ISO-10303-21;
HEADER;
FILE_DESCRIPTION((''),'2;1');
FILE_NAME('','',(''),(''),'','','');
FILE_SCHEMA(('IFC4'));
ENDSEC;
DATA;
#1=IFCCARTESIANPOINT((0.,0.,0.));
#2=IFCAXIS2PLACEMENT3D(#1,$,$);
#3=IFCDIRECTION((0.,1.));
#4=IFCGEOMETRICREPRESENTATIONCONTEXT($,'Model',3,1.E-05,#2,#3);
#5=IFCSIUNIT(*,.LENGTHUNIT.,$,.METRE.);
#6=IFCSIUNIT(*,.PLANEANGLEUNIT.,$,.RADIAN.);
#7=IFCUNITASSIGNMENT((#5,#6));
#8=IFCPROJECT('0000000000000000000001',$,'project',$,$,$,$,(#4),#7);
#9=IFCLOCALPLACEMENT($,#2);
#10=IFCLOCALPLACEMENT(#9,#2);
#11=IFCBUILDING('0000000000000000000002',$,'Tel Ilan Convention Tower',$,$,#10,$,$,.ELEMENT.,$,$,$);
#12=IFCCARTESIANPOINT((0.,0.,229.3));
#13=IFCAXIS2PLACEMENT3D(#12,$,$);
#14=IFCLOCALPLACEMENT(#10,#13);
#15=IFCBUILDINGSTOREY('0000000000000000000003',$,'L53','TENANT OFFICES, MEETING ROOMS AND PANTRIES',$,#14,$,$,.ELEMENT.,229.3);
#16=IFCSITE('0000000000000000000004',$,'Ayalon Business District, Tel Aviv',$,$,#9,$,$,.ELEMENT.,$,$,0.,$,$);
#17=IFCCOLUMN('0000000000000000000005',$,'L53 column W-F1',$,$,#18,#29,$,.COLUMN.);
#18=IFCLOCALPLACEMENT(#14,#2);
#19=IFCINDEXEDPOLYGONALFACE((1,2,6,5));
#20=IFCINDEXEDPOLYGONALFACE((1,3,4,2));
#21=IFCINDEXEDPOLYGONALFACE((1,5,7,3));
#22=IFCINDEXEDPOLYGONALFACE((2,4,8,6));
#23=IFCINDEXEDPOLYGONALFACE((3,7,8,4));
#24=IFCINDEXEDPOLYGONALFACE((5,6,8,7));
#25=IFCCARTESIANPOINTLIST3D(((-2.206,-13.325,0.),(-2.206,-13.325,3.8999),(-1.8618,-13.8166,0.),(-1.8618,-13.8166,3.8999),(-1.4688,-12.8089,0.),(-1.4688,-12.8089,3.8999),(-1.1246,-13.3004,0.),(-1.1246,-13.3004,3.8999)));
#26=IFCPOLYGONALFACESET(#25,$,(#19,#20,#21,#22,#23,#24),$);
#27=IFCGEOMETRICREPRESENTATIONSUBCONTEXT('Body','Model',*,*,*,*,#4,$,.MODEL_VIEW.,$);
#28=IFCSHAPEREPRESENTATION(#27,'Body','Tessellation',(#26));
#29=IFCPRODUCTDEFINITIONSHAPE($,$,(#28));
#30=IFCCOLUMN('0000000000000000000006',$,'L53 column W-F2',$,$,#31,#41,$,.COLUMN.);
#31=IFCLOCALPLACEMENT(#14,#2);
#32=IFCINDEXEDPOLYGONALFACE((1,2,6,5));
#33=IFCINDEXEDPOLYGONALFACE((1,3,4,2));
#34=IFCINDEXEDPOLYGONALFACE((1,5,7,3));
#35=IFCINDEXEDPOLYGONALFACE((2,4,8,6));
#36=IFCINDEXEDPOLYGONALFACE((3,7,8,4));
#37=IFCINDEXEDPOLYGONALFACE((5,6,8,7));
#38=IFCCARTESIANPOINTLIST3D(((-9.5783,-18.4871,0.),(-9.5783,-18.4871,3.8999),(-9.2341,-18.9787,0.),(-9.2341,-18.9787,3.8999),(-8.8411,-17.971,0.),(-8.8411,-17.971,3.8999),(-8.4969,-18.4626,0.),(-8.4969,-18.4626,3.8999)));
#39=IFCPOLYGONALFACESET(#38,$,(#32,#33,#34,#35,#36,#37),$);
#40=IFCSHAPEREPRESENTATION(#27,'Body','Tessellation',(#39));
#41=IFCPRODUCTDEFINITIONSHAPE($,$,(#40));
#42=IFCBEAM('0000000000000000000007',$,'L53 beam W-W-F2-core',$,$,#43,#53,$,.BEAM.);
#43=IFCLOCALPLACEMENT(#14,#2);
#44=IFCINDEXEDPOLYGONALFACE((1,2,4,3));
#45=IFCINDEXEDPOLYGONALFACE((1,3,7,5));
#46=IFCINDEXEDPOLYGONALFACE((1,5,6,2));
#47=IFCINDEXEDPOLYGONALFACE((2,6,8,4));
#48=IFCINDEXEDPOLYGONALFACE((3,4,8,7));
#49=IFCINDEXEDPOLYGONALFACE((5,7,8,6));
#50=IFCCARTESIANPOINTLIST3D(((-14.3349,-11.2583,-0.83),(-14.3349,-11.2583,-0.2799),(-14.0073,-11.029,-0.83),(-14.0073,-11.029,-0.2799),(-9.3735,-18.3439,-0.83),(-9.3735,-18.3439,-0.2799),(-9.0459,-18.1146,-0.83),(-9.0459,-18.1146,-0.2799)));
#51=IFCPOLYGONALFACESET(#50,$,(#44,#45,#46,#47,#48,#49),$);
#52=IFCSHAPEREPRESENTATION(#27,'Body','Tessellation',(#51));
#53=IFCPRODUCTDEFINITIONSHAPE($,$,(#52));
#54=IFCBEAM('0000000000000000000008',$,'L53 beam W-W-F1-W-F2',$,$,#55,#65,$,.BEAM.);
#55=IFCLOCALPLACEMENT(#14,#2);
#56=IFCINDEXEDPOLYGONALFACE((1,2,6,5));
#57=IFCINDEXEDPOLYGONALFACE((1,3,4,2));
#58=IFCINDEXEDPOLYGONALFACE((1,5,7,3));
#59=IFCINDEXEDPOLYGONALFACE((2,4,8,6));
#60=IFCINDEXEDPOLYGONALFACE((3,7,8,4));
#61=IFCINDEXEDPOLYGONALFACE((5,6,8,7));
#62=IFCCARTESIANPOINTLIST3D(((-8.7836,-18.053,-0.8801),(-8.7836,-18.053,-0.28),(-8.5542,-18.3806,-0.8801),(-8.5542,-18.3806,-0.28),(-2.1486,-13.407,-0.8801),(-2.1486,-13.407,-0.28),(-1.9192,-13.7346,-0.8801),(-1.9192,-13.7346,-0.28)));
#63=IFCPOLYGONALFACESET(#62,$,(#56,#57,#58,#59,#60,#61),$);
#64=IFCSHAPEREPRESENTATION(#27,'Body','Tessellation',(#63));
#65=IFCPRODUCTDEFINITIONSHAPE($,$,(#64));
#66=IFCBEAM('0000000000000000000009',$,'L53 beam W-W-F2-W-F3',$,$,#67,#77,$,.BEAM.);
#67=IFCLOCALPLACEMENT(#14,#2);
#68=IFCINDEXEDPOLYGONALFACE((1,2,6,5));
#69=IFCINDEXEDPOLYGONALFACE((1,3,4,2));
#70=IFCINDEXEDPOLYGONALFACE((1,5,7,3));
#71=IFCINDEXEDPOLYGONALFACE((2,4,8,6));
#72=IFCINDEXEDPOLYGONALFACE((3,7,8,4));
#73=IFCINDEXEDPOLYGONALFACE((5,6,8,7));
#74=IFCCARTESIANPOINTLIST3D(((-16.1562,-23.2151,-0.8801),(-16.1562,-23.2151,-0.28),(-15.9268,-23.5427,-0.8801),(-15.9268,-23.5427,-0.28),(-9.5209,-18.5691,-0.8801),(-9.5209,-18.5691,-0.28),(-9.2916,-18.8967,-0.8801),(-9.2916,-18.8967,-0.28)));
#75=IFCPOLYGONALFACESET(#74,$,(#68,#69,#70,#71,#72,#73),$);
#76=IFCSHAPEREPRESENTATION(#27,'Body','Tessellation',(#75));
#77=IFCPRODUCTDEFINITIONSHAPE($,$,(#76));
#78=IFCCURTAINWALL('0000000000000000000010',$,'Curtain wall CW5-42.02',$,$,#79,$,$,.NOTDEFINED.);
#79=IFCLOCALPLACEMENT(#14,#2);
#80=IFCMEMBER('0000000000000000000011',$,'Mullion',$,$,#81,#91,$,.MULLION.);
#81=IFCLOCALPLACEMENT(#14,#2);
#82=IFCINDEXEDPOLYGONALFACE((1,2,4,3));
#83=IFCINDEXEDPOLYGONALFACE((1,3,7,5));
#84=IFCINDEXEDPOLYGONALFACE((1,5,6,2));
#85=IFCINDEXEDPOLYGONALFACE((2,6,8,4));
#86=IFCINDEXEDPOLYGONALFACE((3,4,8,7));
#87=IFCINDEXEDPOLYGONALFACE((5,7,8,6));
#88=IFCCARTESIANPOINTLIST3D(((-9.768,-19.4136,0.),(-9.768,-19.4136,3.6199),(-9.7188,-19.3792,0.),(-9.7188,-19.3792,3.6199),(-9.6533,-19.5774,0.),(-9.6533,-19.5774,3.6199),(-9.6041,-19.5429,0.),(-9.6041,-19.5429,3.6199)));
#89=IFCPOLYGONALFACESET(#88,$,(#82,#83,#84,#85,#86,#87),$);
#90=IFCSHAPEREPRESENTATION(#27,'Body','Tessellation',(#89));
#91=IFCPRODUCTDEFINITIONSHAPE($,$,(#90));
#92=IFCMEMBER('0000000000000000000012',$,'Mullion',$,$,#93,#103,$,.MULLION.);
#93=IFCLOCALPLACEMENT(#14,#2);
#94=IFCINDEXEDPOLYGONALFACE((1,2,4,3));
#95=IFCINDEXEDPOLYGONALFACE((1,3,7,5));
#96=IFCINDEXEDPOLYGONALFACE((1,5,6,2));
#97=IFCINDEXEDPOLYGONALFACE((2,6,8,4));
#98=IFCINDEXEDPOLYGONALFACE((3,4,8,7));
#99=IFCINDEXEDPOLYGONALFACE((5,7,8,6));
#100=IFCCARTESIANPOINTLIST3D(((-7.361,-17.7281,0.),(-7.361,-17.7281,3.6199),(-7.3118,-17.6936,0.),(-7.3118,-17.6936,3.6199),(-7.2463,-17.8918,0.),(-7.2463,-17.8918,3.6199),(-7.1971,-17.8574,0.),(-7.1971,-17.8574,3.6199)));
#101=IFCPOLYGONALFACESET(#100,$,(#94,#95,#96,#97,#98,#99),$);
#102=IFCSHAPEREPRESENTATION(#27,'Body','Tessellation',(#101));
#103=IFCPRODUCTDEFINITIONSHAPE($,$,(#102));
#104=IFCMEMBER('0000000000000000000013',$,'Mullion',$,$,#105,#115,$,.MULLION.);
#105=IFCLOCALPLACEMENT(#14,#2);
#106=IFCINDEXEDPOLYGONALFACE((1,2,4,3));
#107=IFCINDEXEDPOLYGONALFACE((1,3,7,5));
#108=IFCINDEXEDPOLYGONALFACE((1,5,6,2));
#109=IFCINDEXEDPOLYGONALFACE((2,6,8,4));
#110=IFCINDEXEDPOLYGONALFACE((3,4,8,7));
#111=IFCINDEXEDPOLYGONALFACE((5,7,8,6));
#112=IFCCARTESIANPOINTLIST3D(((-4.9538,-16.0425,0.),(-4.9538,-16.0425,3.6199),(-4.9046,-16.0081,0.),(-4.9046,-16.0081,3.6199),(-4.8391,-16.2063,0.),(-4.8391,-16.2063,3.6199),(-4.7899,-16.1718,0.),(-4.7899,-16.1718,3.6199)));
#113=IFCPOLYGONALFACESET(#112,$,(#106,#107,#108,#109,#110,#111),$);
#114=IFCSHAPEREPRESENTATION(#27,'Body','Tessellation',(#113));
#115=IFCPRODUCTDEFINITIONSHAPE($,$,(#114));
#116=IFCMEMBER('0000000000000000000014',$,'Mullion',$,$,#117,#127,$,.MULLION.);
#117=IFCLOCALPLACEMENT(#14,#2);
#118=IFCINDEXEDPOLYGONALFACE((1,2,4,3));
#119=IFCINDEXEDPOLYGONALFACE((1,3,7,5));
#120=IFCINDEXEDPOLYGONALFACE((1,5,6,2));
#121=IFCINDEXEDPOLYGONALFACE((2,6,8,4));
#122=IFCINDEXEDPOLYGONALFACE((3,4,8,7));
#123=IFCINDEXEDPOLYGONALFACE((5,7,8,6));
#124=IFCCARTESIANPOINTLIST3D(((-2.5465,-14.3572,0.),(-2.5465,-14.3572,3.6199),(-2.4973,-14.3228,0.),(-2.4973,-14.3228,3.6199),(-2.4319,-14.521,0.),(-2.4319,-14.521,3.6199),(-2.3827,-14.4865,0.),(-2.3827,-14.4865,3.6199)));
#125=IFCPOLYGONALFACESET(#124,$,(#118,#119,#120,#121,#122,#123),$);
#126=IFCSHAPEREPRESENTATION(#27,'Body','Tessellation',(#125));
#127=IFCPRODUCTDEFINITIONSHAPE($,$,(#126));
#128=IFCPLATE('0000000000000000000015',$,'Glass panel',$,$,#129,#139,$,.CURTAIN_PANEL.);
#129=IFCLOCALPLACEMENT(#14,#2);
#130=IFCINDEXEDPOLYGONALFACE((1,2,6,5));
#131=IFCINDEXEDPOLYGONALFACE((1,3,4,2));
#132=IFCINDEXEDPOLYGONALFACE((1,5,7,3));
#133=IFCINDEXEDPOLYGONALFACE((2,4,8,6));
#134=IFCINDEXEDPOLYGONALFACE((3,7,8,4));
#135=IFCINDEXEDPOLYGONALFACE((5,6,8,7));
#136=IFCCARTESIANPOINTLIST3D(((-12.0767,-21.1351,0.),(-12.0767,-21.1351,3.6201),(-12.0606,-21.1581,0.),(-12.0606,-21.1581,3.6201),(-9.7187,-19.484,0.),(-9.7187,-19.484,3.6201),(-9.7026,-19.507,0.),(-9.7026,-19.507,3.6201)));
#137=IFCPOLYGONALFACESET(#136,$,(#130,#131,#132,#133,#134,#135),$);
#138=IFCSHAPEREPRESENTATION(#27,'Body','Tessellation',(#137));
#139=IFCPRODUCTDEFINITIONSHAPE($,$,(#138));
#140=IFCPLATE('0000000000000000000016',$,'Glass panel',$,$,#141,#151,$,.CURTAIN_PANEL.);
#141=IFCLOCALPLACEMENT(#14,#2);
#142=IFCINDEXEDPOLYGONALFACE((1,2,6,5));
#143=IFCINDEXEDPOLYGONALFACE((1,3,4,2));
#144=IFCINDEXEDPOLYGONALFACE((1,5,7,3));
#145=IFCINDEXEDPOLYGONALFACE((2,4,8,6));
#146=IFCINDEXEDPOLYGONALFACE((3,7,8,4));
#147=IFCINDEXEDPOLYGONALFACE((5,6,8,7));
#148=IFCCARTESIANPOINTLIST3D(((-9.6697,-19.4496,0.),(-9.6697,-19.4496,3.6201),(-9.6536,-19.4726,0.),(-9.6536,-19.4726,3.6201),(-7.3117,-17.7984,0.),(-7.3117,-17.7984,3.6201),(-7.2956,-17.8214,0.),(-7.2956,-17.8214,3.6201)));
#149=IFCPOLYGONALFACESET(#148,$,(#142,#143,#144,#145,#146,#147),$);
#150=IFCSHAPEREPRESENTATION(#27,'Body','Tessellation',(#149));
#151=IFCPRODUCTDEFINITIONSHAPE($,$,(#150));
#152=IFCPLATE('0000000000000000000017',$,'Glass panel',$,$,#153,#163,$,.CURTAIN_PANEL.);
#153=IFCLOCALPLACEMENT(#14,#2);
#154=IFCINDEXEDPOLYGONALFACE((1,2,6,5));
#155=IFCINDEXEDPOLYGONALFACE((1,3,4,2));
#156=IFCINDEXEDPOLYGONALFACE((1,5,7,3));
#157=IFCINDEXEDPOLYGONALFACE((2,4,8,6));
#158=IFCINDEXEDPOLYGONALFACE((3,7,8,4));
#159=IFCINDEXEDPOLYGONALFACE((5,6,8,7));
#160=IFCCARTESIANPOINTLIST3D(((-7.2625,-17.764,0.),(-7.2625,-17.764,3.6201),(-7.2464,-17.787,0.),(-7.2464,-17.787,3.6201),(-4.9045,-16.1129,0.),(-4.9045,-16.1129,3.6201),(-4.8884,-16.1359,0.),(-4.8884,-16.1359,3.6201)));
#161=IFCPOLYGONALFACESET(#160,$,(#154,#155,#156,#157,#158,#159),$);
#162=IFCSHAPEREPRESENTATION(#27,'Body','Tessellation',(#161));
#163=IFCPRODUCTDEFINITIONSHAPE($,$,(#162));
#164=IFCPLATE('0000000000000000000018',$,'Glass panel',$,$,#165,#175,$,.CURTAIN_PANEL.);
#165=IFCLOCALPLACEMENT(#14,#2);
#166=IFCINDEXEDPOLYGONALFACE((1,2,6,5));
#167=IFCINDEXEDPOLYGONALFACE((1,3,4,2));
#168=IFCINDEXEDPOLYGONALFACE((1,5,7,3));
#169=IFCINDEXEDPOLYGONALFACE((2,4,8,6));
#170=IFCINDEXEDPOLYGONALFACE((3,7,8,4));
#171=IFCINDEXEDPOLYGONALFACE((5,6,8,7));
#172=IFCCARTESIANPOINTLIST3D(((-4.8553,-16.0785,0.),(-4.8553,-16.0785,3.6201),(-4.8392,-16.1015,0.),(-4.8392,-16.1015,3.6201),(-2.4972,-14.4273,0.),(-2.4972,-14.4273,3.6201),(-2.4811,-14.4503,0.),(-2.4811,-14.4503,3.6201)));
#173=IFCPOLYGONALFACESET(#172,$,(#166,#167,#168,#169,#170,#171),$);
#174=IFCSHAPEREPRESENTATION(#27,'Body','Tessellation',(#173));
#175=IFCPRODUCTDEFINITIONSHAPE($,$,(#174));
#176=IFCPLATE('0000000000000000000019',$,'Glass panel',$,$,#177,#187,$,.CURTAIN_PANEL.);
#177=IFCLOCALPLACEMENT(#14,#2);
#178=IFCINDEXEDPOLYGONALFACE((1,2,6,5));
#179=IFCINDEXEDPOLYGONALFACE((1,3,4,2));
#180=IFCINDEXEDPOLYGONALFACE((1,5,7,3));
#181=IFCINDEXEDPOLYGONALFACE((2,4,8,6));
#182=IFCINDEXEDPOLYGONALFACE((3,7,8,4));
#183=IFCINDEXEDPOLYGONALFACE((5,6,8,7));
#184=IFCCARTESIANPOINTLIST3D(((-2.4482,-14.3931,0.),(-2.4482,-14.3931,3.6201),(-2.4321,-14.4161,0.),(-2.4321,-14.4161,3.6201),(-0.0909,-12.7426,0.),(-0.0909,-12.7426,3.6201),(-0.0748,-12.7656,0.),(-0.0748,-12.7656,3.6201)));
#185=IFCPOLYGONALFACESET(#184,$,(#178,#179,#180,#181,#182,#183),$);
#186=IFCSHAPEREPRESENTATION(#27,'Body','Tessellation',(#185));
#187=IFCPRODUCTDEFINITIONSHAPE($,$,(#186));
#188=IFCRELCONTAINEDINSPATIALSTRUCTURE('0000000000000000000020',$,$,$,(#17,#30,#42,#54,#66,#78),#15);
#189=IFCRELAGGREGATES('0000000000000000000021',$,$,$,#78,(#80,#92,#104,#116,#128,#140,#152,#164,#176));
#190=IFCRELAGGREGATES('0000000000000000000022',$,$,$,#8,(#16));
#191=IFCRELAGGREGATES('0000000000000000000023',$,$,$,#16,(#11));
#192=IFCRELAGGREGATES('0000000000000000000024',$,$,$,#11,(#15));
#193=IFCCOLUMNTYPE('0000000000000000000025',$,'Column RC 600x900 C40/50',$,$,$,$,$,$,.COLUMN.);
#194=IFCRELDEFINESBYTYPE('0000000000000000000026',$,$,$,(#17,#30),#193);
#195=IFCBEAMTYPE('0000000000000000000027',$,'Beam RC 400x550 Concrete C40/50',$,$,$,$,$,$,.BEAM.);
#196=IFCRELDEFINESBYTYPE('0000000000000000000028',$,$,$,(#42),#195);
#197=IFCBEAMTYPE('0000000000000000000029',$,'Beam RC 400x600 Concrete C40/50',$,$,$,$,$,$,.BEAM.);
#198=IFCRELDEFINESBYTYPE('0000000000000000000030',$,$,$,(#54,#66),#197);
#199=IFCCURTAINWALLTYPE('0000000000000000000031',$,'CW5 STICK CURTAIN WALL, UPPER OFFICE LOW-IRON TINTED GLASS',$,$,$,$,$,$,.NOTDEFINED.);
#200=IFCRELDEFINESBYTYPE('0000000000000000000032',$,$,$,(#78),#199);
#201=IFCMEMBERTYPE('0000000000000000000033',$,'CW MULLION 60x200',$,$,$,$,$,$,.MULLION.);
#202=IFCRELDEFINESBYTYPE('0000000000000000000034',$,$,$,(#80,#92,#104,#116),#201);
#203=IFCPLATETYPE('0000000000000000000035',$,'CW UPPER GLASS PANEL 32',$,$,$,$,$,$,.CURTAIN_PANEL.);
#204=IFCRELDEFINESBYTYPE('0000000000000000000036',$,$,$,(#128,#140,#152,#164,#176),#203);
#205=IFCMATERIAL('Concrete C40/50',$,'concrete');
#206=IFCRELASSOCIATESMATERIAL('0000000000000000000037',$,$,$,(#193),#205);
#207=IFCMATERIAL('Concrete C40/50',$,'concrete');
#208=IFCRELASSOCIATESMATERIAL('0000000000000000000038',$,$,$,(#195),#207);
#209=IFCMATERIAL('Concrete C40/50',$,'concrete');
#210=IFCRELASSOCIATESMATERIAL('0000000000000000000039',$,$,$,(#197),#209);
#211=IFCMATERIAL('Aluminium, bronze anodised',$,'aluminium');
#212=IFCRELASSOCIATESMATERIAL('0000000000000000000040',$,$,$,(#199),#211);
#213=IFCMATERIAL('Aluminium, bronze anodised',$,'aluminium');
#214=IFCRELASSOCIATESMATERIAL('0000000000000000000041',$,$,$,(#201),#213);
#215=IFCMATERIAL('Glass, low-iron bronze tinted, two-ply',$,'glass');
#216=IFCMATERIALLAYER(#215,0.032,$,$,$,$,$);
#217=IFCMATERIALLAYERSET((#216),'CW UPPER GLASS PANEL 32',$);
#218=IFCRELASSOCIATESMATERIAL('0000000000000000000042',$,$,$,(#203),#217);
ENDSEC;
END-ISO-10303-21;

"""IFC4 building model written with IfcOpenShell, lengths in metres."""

from ifc_helpers import new_model, si_unit, direction, frame, origin, origin_2d, place, context, subcontext, project, spatial, rectangle, extrude, material, layer, layer_set, material_profile, profile_set, type_object, element, aggregate, save


model = new_model("IFC4")

# Units and contexts
model_context = context("Model", 3, precision=1e-05, world=origin(), true_north=direction((0.0, 1.0)))
body_context = subcontext(model_context, "Body", "Model", "MODEL_VIEW")
ifc_project = project(units=[si_unit("LENGTHUNIT", "METRE"), si_unit("PLANEANGLEUNIT", "RADIAN")], contexts=[model_context])

# Site, building, storey
site_placement = place(None, origin())
site = spatial("IfcSite", under=ifc_project, at=site_placement, Name="Ayalon Business District, Tel Aviv", CompositionType="ELEMENT", RefElevation=0.0)
building_placement = place(site_placement, origin())
building = spatial("IfcBuilding", under=site, at=building_placement, Name="Tel Ilan Convention Tower", CompositionType="ELEMENT")
storey_placement = place(building_placement, frame((0.0, 0.0, 229.3)))
storey = spatial("IfcBuildingStorey", under=building, at=storey_placement, Name="L53", Description="TENANT OFFICES, MEETING ROOMS AND PANTRIES", CompositionType="ELEMENT", Elevation=229.3)

# Columns
ifc_material_1 = material(Name="Concrete C40/50", Category="concrete")
ifc_material_profile_1 = material_profile(ifc_material_1, rectangle(XDim=0.8999, YDim=0.6001, at=origin_2d()), Name="RC 600x900")
ifc_profile_set_1 = profile_set([ifc_material_profile_1], Name="Concrete C40/50")
column_type = type_object("IfcColumnType", Name="Column RC 600x900 C40/50", PredefinedType="COLUMN", material=ifc_profile_set_1)
for number, where, z_axis, x_axis, name in (
    (1, (-1.6653, -13.3127, 0.0), (0.0, 0.0, 1.0), (-0.819152, -0.573576, 0.0), "L53 column W-F1"),
    (2, (-9.0376, -18.4749, 0.0), (0.0, 0.0, 1.0), (-0.819152, -0.573576, 0.0), "L53 column W-F2"),
):
    element("IfcColumn", number, at=place(storey_placement, frame(where, z_axis=z_axis, x_axis=x_axis)), inside=storey, type_object=column_type, Name=name, PredefinedType="COLUMN", context=body_context, shape_type="SweptSolid", body=[
        extrude(rectangle(XDim=0.8999, YDim=0.6001, at=origin_2d()), origin(), (0.0, 0.0, 1.0), 3.8999),
    ])

# Beams
ifc_material_2 = material(Name="Concrete C40/50", Category="concrete")
ifc_material_profile_2 = material_profile(ifc_material_2, rectangle(XDim=0.3999, YDim=0.55, at=origin_2d()), Name="RC 400x550")
ifc_profile_set_2 = profile_set([ifc_material_profile_2], Name="Concrete C40/50")
beam_type_1 = type_object("IfcBeamType", Name="Beam RC 400x550 Concrete C40/50", PredefinedType="BEAM", material=ifc_profile_set_2)
beam_1_placement = place(storey_placement, frame((-9.2097, -18.2292, -0.5549), z_axis=(-0.573574, 0.819154, 0.0), x_axis=(-0.819154, -0.573574, 0.0)))
element("IfcBeam", 3, at=beam_1_placement, inside=storey, type_object=beam_type_1, Name="L53 beam W-W-F2-core", PredefinedType="BEAM", context=body_context, shape_type="SweptSolid", body=[
    extrude(rectangle(XDim=0.3999, YDim=0.55, at=origin_2d()), origin(), (0.0, 0.0, 1.0), 8.6499),
])
ifc_material_3 = material(Name="Concrete C40/50", Category="concrete")
ifc_material_profile_3 = material_profile(ifc_material_3, rectangle(XDim=0.3999, YDim=0.6001, at=origin_2d()), Name="RC 400x600")
ifc_profile_set_3 = profile_set([ifc_material_profile_3], Name="Concrete C40/50")
beam_type_2 = type_object("IfcBeamType", Name="Beam RC 400x600 Concrete C40/50", PredefinedType="BEAM", material=ifc_profile_set_3)
beam_2_placement = place(storey_placement, frame((-2.0339, -13.5708, -0.5801), z_axis=(-0.819146, -0.573586, 0.0), x_axis=(0.573586, -0.819146, 0.0)))
element("IfcBeam", 4, at=beam_2_placement, inside=storey, type_object=beam_type_2, Name="L53 beam W-W-F1-W-F2", PredefinedType="BEAM", context=body_context, shape_type="SweptSolid", body=[
    extrude(rectangle(XDim=0.3999, YDim=0.6001, at=origin_2d()), origin(), (0.0, 0.0, 1.0), 8.0999),
])
beam_3_placement = place(storey_placement, frame((-9.4062, -18.7329, -0.5801), z_axis=(-0.819155, -0.573572, 0.0), x_axis=(0.573572, -0.819155, 0.0)))
element("IfcBeam", 5, at=beam_3_placement, inside=storey, type_object=beam_type_2, Name="L53 beam W-W-F2-W-F3", PredefinedType="BEAM", context=body_context, shape_type="SweptSolid", body=[
    extrude(rectangle(XDim=0.3999, YDim=0.6001, at=origin_2d()), origin(), (0.0, 0.0, 1.0), 8.1001),
])

# Curtain wall, members, plates
ifc_material_4 = material(Name="Aluminium, bronze anodised", Category="aluminium")
curtain_wall_type = type_object("IfcCurtainWallType", Name="CW5 STICK CURTAIN WALL, UPPER OFFICE LOW-IRON TINTED GLASS", PredefinedType="NOTDEFINED", material=ifc_material_4)
curtain_wall_placement = place(storey_placement, origin())
curtain_wall = element("IfcCurtainWall", 6, at=curtain_wall_placement, inside=storey, type_object=curtain_wall_type, Name="Curtain wall CW5-42.02", PredefinedType="NOTDEFINED")
ifc_material_5 = material(Name="Aluminium, bronze anodised", Category="aluminium")
ifc_material_profile_4 = material_profile(ifc_material_5, rectangle(XDim=0.0601, YDim=0.2, at=origin_2d()), Name="CW MULLION 60x200")
ifc_profile_set_4 = profile_set([ifc_material_profile_4], Name="Aluminium, bronze anodised")
member_type = type_object("IfcMemberType", Name="CW MULLION 60x200", PredefinedType="MULLION", material=ifc_profile_set_4)
member_1_placement = place(storey_placement, frame((-9.686, -19.4783, 0.0), z_axis=(0.0, 0.0, 1.0), x_axis=(0.819152, 0.573576, 0.0)))
member_1 = element("IfcMember", 7, at=member_1_placement, type_object=member_type, Name="Mullion", PredefinedType="MULLION", context=body_context, shape_type="SweptSolid", body=[
    extrude(rectangle(XDim=0.0601, YDim=0.2, at=origin_2d()), origin(), (0.0, 0.0, 1.0), 3.6199),
])
member_2_placement = place(storey_placement, frame((-7.2791, -17.7927, 0.0), z_axis=(0.0, 0.0, 1.0), x_axis=(0.819152, 0.573576, 0.0)))
member_2 = element("IfcMember", 8, at=member_2_placement, type_object=member_type, Name="Mullion", PredefinedType="MULLION", context=body_context, shape_type="SweptSolid", body=[
    extrude(rectangle(XDim=0.0601, YDim=0.2, at=origin_2d()), origin(), (0.0, 0.0, 1.0), 3.6199),
])
member_3_placement = place(storey_placement, frame((-4.8718, -16.1072, 0.0), z_axis=(0.0, 0.0, 1.0), x_axis=(0.819152, 0.573576, 0.0)))
member_3 = element("IfcMember", 9, at=member_3_placement, type_object=member_type, Name="Mullion", PredefinedType="MULLION", context=body_context, shape_type="SweptSolid", body=[
    extrude(rectangle(XDim=0.0601, YDim=0.2, at=origin_2d()), origin(), (0.0, 0.0, 1.0), 3.6199),
])
member_4_placement = place(storey_placement, frame((-2.4646, -14.4219, 0.0), z_axis=(0.0, 0.0, 1.0), x_axis=(0.819152, 0.573576, 0.0)))
member_4 = element("IfcMember", 10, at=member_4_placement, type_object=member_type, Name="Mullion", PredefinedType="MULLION", context=body_context, shape_type="SweptSolid", body=[
    extrude(rectangle(XDim=0.0601, YDim=0.2, at=origin_2d()), origin(), (0.0, 0.0, 1.0), 3.6199),
])
ifc_material_6 = material(Name="Glass, low-iron bronze tinted, two-ply", Category="glass")
ifc_layer_1 = layer(ifc_material_6, 0.032)
ifc_layer_set_1 = layer_set([ifc_layer_1], Name="CW UPPER GLASS PANEL 32")
plate_type = type_object("IfcPlateType", Name="CW UPPER GLASS PANEL 32", PredefinedType="CURTAIN_PANEL", material=ifc_layer_set_1)
plate_1_placement = place(storey_placement, frame((-10.8896, -20.321, 0.0), z_axis=(0.0, 0.0, 1.0), x_axis=(0.819152, 0.573576, 0.0)))
plate_1 = element("IfcPlate", 11, at=plate_1_placement, type_object=plate_type, Name="Glass panel", PredefinedType="CURTAIN_PANEL", context=body_context, shape_type="SweptSolid", body=[
    extrude(rectangle(XDim=2.8787, YDim=0.0281, at=origin_2d()), origin(), (0.0, 0.0, 1.0), 3.6201),
])
plate_2_placement = place(storey_placement, frame((-8.4827, -18.6355, 0.0), z_axis=(0.0, 0.0, 1.0), x_axis=(0.819152, 0.573576, 0.0)))
plate_2 = element("IfcPlate", 12, at=plate_2_placement, type_object=plate_type, Name="Glass panel", PredefinedType="CURTAIN_PANEL", context=body_context, shape_type="SweptSolid", body=[
    extrude(rectangle(XDim=2.8787, YDim=0.0281, at=origin_2d()), origin(), (0.0, 0.0, 1.0), 3.6201),
])
plate_3_placement = place(storey_placement, frame((-6.0754, -16.95, 0.0), z_axis=(0.0, 0.0, 1.0), x_axis=(0.819152, 0.573576, 0.0)))
plate_3 = element("IfcPlate", 13, at=plate_3_placement, type_object=plate_type, Name="Glass panel", PredefinedType="CURTAIN_PANEL", context=body_context, shape_type="SweptSolid", body=[
    extrude(rectangle(XDim=2.8787, YDim=0.0281, at=origin_2d()), origin(), (0.0, 0.0, 1.0), 3.6201),
])
plate_4_placement = place(storey_placement, frame((-3.6682, -15.2644, 0.0), z_axis=(0.0, 0.0, 1.0), x_axis=(0.819152, 0.573576, 0.0)))
plate_4 = element("IfcPlate", 14, at=plate_4_placement, type_object=plate_type, Name="Glass panel", PredefinedType="CURTAIN_PANEL", context=body_context, shape_type="SweptSolid", body=[
    extrude(rectangle(XDim=2.8787, YDim=0.0281, at=origin_2d()), origin(), (0.0, 0.0, 1.0), 3.6201),
])
plate_5_placement = place(storey_placement, frame((-1.2615, -13.5793, 0.0), z_axis=(0.0, 0.0, 1.0), x_axis=(0.819152, 0.573576, 0.0)))
plate_5 = element("IfcPlate", 15, at=plate_5_placement, type_object=plate_type, Name="Glass panel", PredefinedType="CURTAIN_PANEL", context=body_context, shape_type="SweptSolid", body=[
    extrude(rectangle(XDim=2.8777, YDim=0.0281, at=origin_2d()), origin(), (0.0, 0.0, 1.0), 3.6201),
])
aggregate(curtain_wall, [member_1, member_2, member_3, member_4, plate_1, plate_2, plate_3, plate_4, plate_5])

save(model, "model.ifc")
